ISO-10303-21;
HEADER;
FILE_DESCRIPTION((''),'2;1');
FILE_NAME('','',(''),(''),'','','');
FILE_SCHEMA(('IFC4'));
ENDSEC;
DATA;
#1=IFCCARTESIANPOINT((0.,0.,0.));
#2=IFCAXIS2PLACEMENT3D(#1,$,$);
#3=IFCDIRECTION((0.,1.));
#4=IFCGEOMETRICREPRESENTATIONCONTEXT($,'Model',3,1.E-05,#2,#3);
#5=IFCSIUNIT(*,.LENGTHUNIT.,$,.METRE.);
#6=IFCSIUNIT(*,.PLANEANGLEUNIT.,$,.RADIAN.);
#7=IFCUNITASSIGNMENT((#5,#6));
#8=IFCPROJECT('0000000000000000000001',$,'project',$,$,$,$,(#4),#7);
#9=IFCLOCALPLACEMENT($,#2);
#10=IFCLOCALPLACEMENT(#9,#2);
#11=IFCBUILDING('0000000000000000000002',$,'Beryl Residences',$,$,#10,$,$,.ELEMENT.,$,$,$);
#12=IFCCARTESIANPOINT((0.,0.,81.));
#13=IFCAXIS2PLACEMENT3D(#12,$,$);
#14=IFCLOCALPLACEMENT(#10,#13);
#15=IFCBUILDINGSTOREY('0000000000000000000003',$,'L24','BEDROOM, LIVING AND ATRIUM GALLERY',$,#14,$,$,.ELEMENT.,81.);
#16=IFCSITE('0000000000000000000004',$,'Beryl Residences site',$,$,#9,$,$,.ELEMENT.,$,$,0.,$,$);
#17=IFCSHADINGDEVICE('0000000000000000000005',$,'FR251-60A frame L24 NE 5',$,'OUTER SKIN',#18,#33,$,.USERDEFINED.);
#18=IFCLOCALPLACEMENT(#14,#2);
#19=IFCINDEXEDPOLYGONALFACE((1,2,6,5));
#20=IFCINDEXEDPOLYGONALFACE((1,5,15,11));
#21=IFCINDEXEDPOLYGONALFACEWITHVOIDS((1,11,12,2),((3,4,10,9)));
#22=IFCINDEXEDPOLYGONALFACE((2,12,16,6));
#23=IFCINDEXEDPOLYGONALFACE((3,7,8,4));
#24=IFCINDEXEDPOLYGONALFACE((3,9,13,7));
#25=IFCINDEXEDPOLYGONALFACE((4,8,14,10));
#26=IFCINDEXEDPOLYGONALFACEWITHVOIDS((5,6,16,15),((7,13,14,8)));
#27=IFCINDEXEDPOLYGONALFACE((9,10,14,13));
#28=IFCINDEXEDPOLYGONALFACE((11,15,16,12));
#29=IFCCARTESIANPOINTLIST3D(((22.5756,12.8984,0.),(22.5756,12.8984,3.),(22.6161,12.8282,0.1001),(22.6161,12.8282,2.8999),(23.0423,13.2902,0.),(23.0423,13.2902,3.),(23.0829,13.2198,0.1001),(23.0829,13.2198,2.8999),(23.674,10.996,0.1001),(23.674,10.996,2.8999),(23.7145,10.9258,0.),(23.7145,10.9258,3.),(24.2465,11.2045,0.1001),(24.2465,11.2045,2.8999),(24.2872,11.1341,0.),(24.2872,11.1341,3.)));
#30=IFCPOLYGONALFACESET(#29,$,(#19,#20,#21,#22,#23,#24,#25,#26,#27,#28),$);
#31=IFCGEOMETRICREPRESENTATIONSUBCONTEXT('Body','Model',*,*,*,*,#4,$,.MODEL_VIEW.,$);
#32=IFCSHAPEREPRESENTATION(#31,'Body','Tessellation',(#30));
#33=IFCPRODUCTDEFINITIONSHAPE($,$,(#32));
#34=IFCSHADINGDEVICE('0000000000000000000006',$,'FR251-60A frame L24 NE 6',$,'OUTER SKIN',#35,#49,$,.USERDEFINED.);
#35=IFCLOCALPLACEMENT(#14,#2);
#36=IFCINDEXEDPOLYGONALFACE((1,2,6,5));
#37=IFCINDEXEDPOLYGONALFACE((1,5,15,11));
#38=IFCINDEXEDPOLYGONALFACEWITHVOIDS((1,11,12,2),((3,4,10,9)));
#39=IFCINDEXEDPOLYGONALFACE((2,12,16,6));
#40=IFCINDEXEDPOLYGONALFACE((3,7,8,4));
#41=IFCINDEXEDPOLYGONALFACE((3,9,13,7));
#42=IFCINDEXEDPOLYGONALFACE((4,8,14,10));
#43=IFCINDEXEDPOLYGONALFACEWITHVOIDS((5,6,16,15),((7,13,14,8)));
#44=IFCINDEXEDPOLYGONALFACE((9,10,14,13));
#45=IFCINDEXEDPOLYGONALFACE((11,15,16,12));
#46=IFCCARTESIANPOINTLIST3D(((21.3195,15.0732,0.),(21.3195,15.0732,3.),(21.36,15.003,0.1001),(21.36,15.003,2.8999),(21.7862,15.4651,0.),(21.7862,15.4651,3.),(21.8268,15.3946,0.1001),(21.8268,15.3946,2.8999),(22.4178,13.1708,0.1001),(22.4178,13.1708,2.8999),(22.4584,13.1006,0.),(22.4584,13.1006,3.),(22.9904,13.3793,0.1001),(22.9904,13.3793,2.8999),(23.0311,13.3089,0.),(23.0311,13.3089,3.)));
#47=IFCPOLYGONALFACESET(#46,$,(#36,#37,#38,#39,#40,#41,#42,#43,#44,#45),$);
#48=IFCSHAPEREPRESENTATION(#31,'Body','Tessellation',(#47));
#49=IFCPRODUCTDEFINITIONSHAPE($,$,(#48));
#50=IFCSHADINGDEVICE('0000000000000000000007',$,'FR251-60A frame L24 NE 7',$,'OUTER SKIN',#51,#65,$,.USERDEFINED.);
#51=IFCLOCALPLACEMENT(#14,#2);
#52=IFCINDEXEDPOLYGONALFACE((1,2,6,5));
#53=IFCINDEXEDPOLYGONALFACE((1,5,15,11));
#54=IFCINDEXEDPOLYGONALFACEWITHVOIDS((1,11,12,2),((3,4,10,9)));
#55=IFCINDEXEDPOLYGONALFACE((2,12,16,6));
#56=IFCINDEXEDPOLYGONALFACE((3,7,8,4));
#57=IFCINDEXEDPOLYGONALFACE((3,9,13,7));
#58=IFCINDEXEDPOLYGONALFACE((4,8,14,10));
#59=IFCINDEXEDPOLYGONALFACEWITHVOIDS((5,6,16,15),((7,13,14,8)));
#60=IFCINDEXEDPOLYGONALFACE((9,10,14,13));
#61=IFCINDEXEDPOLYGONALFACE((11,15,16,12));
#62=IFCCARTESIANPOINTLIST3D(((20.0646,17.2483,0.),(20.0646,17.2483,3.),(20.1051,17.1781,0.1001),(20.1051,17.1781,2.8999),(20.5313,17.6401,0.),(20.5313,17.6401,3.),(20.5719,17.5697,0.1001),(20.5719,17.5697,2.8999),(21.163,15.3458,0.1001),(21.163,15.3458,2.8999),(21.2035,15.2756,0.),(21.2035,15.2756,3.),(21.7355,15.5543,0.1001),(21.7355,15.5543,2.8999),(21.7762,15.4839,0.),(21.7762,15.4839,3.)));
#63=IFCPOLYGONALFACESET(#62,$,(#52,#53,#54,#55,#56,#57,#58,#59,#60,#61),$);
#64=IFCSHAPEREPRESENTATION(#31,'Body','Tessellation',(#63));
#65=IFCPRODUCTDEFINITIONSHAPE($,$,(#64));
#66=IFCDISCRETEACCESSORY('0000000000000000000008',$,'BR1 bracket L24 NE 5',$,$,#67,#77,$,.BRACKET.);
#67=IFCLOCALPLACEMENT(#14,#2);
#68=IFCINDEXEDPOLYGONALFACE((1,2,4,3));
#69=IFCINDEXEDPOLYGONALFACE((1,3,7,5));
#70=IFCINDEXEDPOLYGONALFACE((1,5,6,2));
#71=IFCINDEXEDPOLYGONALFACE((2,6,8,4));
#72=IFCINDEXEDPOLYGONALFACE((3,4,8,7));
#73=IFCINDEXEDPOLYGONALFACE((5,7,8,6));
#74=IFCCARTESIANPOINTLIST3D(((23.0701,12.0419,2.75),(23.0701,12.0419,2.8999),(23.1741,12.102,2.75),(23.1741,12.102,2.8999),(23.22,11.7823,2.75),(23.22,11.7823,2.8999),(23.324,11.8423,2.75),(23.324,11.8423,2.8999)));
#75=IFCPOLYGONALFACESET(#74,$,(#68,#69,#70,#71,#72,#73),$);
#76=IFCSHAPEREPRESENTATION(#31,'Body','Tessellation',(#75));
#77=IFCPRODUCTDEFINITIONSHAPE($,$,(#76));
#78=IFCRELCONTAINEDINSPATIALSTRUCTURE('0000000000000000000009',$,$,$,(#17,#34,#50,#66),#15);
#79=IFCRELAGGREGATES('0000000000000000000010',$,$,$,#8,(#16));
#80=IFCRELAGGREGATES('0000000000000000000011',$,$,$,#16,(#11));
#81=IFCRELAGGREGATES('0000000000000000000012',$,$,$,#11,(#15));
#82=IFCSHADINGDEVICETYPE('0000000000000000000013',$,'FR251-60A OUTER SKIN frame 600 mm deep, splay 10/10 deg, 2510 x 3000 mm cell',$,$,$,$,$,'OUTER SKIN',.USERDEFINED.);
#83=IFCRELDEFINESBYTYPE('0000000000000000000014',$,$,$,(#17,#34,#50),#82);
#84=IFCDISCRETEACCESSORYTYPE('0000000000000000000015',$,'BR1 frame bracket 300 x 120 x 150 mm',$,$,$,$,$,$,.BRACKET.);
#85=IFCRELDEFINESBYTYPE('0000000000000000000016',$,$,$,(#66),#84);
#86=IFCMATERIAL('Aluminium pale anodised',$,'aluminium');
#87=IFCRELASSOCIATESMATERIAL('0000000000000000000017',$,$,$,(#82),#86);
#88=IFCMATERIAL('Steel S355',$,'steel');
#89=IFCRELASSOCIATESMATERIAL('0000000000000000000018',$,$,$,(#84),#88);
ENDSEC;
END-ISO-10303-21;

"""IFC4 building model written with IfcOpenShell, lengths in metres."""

from ifc_helpers import new_model, entity, si_unit, direction, frame, origin, place, context, subcontext, project, spatial, polyline, outline, extrude, source, transform, mapped, material, type_object, type_shapes, element, save


model = new_model("IFC4")

# Units and contexts
model_context = context("Model", 3, precision=1e-05, world=origin(), true_north=direction((0.0, 1.0)))
body_context = subcontext(model_context, "Body", "Model", "MODEL_VIEW")
ifc_project = project(units=[si_unit("LENGTHUNIT", "METRE"), si_unit("PLANEANGLEUNIT", "RADIAN")], contexts=[model_context])

# Site, building, storey
site_placement = place(None, origin())
site = spatial("IfcSite", under=ifc_project, at=site_placement, Name="Beryl Residences site", CompositionType="ELEMENT", RefElevation=0.0)
building_placement = place(site_placement, origin())
building = spatial("IfcBuilding", under=site, at=building_placement, Name="Beryl Residences", CompositionType="ELEMENT")
storey_placement = place(building_placement, frame((0.0, 0.0, 81.0)))
storey = spatial("IfcBuildingStorey", under=building, at=storey_placement, Name="L24", Description="BEDROOM, LIVING AND ATRIUM GALLERY", CompositionType="ELEMENT", Elevation=81.0)

# Shading devices
ifc_material_1 = material(Name="Aluminium pale anodised", Category="aluminium")
shading_device_type = type_object("IfcShadingDeviceType", Name="FR251-60A OUTER SKIN frame 600 mm deep, splay 10/10 deg, 2510 x 3000 mm cell", ElementType="OUTER SKIN", PredefinedType="USERDEFINED", material=ifc_material_1)
cartesian_point_1 = entity("IfcCartesianPoint", [-1.1389, 0.0])
cartesian_point_2 = entity("IfcCartesianPoint", [-1.0579, 0.1001])
cartesian_point_3 = entity("IfcCartesianPoint", [-1.2449, 0.0])
cartesian_point_4 = entity("IfcCartesianPoint", [-1.1636, 0.1001])
shared_shape_1 = source(origin(), body_context, "Body", "SweptSolid", [
    entity("IfcExtrudedAreaSolidTapered", entity("IfcArbitraryProfileDefWithVoids", "AREA", None, entity("IfcPolyline", [cartesian_point_1, entity("IfcCartesianPoint", [1.1389, 0.0]), entity("IfcCartesianPoint", [1.1389, 3.0]), entity("IfcCartesianPoint", [-1.1389, 3.0]), cartesian_point_1]), [entity("IfcPolyline", [cartesian_point_2, entity("IfcCartesianPoint", [1.0579, 0.1001]), entity("IfcCartesianPoint", [1.0579, 2.8999]), entity("IfcCartesianPoint", [-1.0579, 2.8999]), cartesian_point_2])]), entity("IfcAxis2Placement3D", entity("IfcCartesianPoint", [0.0, 0.0, 0.0]), entity("IfcDirection", [0.0, 1.0, 0.0]), entity("IfcDirection", [-1.0, 0.0, 0.0])), entity("IfcDirection", [0.0, 0.0, 1.0]), 0.6001, entity("IfcArbitraryProfileDefWithVoids", "AREA", None, entity("IfcPolyline", [cartesian_point_3, entity("IfcCartesianPoint", [1.2449, 0.0]), entity("IfcCartesianPoint", [1.2449, 3.0]), entity("IfcCartesianPoint", [-1.2449, 3.0]), cartesian_point_3]), [entity("IfcPolyline", [cartesian_point_4, entity("IfcCartesianPoint", [1.1636, 0.1001]), entity("IfcCartesianPoint", [1.1636, 2.8999]), entity("IfcCartesianPoint", [-1.1636, 2.8999]), cartesian_point_4])])),
])
type_shapes(shading_device_type, [shared_shape_1])
for number, where, z_axis, x_axis, name in (
    (1, (23.145, 11.9121, 0.0), (0.0, 0.0, 1.0), (0.5, -0.866025, 0.0), "FR251-60A frame L24 NE 5"),
    (2, (21.8889, 14.0869, 0.0), (0.0, 0.0, 1.0), (0.5, -0.866025, 0.0), "FR251-60A frame L24 NE 6"),
    (3, (20.634, 16.262, 0.0), (0.0, 0.0, 1.0), (0.5, -0.866025, 0.0), "FR251-60A frame L24 NE 7"),
):
    element("IfcShadingDevice", number, at=place(storey_placement, frame(where, z_axis=z_axis, x_axis=x_axis)), inside=storey, type_object=shading_device_type, Name=name, ObjectType="OUTER SKIN", PredefinedType="USERDEFINED", context=body_context, shape_type="MappedRepresentation", body=[
        mapped(shared_shape_1, transform((0.0, 0.0, 0.0))),
    ])

# Discrete accessory
ifc_material_2 = material(Name="Steel S355", Category="steel")
discrete_accessory_type = type_object("IfcDiscreteAccessoryType", Name="BR1 frame bracket 300 x 120 x 150 mm", PredefinedType="BRACKET", material=ifc_material_2)
shared_shape_2 = source(origin(), body_context, "Body", "SweptSolid", [
    extrude(outline(polyline([(-0.1499, 0.0), (0.1499, 0.0), (0.1499, 0.1201), (-0.1499, 0.1201), (-0.1499, 0.0)])), origin(), (0.0, 0.0, 1.0), 0.1499),
])
type_shapes(discrete_accessory_type, [shared_shape_2])
discrete_accessory_placement = place(storey_placement, frame((23.145, 11.9121, 2.75), z_axis=(0.0, 0.0, 1.0), x_axis=(0.5, -0.866025, 0.0)))
element("IfcDiscreteAccessory", 4, at=discrete_accessory_placement, inside=storey, type_object=discrete_accessory_type, Name="BR1 bracket L24 NE 5", PredefinedType="BRACKET", context=body_context, shape_type="MappedRepresentation", body=[
    mapped(shared_shape_2, transform((0.0, 0.0, 0.0))),
])

save(model, "model.ifc")
